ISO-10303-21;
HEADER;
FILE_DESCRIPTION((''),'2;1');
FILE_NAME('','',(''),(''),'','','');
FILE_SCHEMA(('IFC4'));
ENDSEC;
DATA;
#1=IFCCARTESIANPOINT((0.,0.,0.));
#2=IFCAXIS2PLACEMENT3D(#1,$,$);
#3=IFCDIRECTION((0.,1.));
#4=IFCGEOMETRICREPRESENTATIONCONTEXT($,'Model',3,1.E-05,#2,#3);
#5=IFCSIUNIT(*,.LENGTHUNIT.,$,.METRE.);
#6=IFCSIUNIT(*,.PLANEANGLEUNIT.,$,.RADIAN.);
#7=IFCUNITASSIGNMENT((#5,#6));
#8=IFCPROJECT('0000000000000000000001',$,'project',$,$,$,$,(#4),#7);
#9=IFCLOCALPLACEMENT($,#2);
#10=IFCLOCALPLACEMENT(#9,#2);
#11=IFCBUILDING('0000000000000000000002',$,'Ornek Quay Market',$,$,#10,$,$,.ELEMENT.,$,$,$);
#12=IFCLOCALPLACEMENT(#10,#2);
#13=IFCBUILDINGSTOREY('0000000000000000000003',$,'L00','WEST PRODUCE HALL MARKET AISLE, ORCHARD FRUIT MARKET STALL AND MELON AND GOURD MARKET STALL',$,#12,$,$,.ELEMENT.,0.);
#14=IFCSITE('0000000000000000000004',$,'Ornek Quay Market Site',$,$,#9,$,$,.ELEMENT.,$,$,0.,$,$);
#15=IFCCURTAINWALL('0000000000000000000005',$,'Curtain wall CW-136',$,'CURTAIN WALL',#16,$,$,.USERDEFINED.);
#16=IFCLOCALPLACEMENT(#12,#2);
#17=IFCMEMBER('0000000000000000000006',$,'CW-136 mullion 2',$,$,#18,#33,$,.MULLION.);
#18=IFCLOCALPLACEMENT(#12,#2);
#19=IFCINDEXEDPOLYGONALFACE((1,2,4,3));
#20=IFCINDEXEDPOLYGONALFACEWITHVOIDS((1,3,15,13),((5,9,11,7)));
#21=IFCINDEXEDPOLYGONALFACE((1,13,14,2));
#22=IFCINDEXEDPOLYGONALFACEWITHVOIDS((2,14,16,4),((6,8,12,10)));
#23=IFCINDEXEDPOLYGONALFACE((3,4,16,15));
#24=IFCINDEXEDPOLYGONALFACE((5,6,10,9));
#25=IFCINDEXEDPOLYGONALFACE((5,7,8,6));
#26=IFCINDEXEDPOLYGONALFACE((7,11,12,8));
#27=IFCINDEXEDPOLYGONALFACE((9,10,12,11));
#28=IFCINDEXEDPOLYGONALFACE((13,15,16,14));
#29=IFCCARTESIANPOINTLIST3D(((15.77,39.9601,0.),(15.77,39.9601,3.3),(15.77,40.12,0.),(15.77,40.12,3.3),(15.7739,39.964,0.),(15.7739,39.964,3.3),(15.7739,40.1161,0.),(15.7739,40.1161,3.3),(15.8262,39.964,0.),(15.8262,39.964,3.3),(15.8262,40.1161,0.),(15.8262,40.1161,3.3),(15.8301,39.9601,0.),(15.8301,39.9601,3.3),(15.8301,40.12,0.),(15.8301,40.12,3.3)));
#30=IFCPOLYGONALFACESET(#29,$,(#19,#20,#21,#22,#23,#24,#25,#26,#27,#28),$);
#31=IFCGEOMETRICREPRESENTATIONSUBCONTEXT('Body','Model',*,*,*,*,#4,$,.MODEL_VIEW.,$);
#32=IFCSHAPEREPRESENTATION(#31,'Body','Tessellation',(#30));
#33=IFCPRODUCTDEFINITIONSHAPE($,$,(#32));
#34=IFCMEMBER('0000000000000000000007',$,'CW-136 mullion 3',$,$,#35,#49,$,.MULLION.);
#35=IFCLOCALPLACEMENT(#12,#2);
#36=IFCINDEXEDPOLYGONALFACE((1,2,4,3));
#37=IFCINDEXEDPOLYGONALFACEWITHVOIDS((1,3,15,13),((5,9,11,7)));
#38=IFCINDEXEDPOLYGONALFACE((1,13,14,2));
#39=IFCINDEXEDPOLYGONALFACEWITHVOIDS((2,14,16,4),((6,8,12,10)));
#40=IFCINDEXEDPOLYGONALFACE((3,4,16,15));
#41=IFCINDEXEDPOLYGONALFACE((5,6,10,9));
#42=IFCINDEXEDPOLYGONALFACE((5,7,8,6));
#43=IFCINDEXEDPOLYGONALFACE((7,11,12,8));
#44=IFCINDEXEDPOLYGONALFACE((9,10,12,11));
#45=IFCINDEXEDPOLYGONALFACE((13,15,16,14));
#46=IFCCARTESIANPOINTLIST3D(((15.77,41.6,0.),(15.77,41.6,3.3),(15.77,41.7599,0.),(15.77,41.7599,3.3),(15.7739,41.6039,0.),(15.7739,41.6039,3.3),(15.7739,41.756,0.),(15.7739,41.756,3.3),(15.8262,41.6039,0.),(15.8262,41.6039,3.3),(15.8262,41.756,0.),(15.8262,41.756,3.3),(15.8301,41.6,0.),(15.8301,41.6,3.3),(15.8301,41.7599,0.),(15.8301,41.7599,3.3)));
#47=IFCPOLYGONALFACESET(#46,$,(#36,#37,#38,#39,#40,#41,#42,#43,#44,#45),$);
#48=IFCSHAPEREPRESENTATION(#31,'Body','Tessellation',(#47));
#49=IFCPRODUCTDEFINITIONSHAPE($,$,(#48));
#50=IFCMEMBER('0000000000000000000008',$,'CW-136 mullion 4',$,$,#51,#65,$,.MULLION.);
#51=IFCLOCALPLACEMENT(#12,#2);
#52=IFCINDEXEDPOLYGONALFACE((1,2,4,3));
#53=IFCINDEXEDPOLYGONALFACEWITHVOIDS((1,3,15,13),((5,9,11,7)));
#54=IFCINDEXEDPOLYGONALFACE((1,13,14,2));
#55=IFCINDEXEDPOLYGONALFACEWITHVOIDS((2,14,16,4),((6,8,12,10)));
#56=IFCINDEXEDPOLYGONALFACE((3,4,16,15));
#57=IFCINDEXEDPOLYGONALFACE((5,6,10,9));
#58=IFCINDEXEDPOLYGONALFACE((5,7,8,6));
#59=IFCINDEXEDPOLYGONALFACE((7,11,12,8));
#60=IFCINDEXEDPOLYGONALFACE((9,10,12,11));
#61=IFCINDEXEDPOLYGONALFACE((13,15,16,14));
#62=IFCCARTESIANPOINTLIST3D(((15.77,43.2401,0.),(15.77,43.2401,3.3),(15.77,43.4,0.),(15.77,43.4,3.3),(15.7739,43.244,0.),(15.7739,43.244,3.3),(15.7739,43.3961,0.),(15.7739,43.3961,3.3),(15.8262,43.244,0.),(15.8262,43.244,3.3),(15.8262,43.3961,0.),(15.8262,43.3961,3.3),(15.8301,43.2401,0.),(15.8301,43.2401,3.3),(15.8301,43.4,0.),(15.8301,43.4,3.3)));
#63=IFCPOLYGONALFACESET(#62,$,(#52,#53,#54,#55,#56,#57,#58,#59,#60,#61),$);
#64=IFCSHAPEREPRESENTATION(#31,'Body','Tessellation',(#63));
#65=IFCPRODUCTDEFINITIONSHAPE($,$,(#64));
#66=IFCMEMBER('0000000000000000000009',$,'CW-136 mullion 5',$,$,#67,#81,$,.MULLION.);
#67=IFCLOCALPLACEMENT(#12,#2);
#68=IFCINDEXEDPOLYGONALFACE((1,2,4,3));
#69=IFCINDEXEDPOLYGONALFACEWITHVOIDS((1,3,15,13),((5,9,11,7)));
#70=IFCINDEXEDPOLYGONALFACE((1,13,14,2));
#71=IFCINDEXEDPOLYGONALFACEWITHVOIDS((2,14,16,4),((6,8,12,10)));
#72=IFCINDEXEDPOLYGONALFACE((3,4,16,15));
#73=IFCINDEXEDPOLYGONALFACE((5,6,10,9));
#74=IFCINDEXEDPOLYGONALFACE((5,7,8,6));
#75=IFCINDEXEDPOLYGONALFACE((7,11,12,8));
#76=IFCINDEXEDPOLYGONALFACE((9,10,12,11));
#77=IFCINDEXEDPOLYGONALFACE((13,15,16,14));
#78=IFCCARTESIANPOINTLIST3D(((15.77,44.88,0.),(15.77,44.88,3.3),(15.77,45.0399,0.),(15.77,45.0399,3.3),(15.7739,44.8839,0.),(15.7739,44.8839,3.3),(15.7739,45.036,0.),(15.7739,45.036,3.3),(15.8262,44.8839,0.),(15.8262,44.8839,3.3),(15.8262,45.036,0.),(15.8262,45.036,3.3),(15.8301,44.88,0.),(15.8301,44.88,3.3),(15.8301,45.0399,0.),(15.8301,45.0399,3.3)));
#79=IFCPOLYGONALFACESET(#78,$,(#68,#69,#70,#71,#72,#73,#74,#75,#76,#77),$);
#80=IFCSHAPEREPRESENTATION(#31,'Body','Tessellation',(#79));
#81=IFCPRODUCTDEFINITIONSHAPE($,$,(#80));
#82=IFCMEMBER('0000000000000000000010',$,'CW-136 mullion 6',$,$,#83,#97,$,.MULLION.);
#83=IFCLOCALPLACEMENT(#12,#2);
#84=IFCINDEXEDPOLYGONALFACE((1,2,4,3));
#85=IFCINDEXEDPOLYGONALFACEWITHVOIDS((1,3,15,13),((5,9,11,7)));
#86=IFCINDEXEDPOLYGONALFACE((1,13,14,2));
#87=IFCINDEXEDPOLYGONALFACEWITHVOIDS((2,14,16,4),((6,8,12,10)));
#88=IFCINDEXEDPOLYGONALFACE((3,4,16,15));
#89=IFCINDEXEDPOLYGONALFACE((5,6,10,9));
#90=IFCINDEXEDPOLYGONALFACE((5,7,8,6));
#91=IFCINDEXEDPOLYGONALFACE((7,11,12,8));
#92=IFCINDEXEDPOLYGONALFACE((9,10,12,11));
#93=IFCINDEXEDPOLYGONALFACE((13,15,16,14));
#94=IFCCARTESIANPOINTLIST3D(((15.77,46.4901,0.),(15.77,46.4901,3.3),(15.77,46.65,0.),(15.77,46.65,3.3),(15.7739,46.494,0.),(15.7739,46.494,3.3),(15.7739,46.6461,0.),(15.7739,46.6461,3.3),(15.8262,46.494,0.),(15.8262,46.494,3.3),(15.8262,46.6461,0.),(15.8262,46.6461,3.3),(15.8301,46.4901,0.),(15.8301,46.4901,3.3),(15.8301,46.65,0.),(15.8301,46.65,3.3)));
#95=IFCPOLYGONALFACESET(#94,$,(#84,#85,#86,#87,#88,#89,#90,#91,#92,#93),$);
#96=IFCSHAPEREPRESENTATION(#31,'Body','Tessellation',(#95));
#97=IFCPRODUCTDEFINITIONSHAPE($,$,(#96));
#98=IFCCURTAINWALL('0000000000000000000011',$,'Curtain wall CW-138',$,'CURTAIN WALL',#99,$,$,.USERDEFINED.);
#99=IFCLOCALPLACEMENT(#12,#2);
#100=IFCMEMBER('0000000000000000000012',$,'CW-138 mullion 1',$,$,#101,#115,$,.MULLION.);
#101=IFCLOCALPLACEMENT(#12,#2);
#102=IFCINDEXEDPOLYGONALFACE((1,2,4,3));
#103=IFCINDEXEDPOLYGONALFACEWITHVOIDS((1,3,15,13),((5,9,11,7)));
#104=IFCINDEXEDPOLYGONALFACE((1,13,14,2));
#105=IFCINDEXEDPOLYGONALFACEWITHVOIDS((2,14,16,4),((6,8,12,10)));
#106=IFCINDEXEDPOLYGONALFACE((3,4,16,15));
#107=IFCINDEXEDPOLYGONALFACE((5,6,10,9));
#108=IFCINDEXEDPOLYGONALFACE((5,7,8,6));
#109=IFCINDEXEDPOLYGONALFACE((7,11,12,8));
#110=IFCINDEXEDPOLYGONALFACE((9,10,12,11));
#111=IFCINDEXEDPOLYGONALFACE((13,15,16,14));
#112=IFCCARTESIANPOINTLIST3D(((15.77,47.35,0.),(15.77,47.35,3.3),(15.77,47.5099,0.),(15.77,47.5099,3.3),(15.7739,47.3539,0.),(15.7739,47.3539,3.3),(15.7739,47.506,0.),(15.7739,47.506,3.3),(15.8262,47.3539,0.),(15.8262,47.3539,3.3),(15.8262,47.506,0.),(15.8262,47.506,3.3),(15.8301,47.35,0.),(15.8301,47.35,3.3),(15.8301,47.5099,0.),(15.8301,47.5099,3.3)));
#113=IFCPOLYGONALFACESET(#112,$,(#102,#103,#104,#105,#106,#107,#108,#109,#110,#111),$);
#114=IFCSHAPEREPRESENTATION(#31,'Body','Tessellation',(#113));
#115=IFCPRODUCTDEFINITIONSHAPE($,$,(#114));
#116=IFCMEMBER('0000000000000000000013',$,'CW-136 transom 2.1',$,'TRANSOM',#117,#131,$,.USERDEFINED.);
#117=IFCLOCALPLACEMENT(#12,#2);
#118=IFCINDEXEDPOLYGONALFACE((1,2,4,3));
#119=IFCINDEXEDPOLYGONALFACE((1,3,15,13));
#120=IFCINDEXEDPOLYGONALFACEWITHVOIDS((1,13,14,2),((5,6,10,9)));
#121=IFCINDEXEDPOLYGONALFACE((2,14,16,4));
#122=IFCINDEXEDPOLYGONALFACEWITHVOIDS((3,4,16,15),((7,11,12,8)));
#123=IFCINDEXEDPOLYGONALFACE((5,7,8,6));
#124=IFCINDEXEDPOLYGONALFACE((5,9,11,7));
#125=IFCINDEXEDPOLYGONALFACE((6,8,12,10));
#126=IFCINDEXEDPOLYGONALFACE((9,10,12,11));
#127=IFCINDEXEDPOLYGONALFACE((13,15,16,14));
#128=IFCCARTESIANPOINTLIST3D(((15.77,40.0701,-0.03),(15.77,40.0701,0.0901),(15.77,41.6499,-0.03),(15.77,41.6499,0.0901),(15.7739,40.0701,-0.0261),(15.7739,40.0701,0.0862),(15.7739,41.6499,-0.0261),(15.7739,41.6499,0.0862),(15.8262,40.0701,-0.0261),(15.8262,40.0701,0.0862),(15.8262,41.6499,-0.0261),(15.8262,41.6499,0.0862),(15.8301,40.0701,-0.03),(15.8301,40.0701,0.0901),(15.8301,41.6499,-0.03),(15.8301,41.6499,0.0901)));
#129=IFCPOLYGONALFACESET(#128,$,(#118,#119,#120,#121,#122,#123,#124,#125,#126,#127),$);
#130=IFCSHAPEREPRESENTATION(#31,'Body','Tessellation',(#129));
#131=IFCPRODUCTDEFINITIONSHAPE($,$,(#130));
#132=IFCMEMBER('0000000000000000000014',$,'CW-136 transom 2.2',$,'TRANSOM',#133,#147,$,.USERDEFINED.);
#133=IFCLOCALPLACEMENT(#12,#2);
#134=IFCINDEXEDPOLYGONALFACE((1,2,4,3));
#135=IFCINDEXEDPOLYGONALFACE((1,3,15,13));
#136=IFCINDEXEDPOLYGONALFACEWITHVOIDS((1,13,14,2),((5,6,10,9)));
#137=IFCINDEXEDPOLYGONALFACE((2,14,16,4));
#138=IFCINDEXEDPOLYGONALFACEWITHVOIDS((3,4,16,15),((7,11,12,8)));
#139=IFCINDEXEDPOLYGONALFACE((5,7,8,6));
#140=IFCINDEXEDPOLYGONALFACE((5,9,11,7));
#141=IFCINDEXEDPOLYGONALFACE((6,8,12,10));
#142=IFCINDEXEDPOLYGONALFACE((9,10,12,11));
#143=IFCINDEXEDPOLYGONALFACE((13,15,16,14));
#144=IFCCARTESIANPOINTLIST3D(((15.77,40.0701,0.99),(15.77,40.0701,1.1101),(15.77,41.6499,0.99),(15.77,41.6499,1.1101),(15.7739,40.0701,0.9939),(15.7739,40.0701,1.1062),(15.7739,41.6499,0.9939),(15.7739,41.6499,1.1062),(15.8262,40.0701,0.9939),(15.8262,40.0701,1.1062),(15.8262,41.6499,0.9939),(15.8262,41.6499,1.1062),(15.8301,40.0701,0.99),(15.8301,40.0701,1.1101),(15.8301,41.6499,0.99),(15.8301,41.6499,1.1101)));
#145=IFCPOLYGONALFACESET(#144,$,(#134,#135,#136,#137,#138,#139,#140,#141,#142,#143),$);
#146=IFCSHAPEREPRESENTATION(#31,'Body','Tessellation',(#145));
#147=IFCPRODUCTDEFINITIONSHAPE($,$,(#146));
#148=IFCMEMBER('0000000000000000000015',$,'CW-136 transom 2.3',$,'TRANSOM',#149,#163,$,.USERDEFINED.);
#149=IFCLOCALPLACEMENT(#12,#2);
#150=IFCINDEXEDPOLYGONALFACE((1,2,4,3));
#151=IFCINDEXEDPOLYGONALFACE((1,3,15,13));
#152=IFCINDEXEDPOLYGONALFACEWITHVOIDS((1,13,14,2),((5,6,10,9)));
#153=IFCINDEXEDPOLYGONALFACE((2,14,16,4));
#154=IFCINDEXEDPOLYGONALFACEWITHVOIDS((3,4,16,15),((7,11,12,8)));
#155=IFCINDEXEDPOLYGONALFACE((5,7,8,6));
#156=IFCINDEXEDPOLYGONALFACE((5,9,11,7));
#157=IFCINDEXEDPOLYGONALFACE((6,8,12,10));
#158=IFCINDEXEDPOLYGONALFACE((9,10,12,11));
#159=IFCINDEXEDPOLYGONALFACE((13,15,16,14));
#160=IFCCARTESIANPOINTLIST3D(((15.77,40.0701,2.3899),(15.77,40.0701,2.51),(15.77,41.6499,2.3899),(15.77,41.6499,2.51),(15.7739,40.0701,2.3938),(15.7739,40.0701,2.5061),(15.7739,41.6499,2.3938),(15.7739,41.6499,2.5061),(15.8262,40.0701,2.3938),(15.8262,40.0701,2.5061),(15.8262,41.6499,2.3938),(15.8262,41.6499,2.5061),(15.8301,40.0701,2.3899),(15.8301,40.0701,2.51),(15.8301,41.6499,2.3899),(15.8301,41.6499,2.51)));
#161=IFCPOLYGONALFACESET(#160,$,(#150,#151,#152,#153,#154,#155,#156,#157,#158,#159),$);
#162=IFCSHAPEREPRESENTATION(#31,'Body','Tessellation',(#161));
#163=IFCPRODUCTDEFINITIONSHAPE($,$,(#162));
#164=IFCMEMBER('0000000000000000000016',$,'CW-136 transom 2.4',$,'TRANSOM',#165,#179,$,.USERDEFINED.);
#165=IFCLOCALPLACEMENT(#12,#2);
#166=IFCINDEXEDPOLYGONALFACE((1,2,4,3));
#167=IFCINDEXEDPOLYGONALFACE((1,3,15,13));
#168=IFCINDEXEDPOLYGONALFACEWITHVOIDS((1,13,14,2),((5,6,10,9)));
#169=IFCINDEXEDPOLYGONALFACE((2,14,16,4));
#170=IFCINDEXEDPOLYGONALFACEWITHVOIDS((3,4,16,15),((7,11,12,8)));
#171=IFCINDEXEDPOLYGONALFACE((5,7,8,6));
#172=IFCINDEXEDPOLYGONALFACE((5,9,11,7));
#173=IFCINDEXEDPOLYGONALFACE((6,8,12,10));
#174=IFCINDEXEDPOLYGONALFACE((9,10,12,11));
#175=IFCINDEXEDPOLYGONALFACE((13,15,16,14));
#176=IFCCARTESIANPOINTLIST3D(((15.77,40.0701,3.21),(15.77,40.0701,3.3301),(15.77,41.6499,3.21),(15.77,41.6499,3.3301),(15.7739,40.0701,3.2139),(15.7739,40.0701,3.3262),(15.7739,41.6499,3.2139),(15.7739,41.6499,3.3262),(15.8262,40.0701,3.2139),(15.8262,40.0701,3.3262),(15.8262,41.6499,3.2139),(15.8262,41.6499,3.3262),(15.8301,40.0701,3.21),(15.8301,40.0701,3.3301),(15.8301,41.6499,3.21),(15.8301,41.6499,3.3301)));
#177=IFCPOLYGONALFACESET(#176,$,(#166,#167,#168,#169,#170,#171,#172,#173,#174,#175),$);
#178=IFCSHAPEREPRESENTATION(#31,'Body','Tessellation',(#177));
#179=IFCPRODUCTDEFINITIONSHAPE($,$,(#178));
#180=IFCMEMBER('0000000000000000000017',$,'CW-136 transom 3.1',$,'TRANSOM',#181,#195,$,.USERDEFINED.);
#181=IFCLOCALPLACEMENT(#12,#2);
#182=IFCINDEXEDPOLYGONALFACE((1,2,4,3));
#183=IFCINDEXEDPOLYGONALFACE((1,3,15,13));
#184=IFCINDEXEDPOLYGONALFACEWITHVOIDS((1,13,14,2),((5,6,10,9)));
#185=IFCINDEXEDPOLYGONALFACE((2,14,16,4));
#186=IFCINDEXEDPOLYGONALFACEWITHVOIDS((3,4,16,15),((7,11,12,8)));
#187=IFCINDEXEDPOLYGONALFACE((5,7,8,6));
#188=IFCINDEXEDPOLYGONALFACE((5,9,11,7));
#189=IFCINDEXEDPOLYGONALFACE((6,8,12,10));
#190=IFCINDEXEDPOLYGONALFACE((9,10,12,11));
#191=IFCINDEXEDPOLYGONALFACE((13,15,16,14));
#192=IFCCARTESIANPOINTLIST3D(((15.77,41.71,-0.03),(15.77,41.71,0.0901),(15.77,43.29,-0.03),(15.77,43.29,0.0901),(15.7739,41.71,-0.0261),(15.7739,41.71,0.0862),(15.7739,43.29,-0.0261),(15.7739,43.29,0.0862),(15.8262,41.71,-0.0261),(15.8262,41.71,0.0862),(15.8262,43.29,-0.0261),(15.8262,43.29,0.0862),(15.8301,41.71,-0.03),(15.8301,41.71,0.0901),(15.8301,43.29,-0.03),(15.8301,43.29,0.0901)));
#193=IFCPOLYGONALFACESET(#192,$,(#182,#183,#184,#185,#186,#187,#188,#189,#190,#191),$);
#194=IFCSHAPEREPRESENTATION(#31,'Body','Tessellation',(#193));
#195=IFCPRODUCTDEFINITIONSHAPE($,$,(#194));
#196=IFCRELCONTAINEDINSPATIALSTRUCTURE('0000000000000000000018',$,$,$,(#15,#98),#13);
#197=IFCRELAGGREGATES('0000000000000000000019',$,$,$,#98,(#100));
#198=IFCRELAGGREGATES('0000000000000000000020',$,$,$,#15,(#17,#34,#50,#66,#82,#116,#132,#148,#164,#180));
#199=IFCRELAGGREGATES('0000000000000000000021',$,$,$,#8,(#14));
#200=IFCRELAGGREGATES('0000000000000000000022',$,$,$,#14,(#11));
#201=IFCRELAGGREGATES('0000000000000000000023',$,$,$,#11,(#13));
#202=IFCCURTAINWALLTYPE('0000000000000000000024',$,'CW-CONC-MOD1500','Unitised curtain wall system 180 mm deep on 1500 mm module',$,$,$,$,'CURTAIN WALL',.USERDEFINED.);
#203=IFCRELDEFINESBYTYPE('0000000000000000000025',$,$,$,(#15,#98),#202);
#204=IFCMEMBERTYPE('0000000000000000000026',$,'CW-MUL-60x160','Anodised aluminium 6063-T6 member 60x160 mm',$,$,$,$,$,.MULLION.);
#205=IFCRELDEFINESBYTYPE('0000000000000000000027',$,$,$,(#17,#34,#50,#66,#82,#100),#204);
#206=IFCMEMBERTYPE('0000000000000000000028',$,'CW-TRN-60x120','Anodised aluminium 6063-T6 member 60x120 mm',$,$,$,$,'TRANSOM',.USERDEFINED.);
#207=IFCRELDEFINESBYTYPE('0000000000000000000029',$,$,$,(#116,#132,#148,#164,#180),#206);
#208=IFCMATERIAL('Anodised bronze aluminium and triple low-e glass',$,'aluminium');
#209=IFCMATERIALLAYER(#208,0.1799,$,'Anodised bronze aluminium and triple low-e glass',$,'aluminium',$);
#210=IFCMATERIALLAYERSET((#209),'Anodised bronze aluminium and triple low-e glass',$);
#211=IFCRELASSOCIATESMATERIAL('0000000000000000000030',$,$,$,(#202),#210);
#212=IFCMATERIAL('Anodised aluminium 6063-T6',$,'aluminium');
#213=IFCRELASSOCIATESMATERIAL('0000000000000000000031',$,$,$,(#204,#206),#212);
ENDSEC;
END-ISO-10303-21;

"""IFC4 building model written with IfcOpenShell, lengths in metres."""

from ifc_helpers import new_model, si_unit, direction, frame, origin, origin_2d, place, context, subcontext, project, spatial, hollow_rectangle, extrude, material, layer, layer_set, material_profile, profile_set, type_object, element, aggregate, save


model = new_model("IFC4")

# Units and contexts
model_context = context("Model", 3, precision=1e-05, world=origin(), true_north=direction((0.0, 1.0)))
body_context = subcontext(model_context, "Body", "Model", "MODEL_VIEW")
ifc_project = project(units=[si_unit("LENGTHUNIT", "METRE"), si_unit("PLANEANGLEUNIT", "RADIAN")], contexts=[model_context])

# Site, building, storey
site_placement = place(None, origin())
site = spatial("IfcSite", under=ifc_project, at=site_placement, Name="Ornek Quay Market Site", CompositionType="ELEMENT", RefElevation=0.0)
building_placement = place(site_placement, origin())
building = spatial("IfcBuilding", under=site, at=building_placement, Name="Ornek Quay Market", CompositionType="ELEMENT")
storey_placement = place(building_placement, origin())
storey = spatial("IfcBuildingStorey", under=building, at=storey_placement, Name="L00", Description="WEST PRODUCE HALL MARKET AISLE, ORCHARD FRUIT MARKET STALL AND MELON AND GOURD MARKET STALL", CompositionType="ELEMENT", Elevation=0.0)

# Curtain wall, members
ifc_material_1 = material(Name="Anodised bronze aluminium and triple low-e glass", Category="aluminium")
ifc_layer_1 = layer(ifc_material_1, 0.1799, Name="Anodised bronze aluminium and triple low-e glass", Category="aluminium")
ifc_layer_set_1 = layer_set([ifc_layer_1], Name="Anodised bronze aluminium and triple low-e glass")
curtain_wall_type = type_object("IfcCurtainWallType", Name="CW-CONC-MOD1500", Description="Unitised curtain wall system 180 mm deep on 1500 mm module", ElementType="CURTAIN WALL", PredefinedType="USERDEFINED", material=ifc_layer_set_1)
curtain_wall_1_placement = place(storey_placement, origin())
curtain_wall_1 = element("IfcCurtainWall", 1, at=curtain_wall_1_placement, inside=storey, type_object=curtain_wall_type, Name="Curtain wall CW-136", ObjectType="CURTAIN WALL", PredefinedType="USERDEFINED")
ifc_material_2 = material(Name="Anodised aluminium 6063-T6", Category="aluminium")
ifc_material_profile_1 = material_profile(ifc_material_2, hollow_rectangle(XDim=0.0601, YDim=0.1599, WallThickness=0.0039, at=origin_2d()), Name="CW-MUL-60x160", Category="aluminium")
ifc_profile_set_1 = profile_set([ifc_material_profile_1], Name="Anodised aluminium 6063-T6")
member_type_1 = type_object("IfcMemberType", Name="CW-MUL-60x160", Description="Anodised aluminium 6063-T6 member 60x160 mm", PredefinedType="MULLION", material=ifc_profile_set_1)
member_1_placement = place(storey_placement, frame((15.8, 40.04, 0.0), z_axis=(0.0, 0.0, 1.0), x_axis=(-1.0, 0.0, 0.0)))
member_1 = element("IfcMember", 2, at=member_1_placement, type_object=member_type_1, Name="CW-136 mullion 2", PredefinedType="MULLION", context=body_context, shape_type="SweptSolid", body=[
    extrude(hollow_rectangle(XDim=0.0601, YDim=0.1599, WallThickness=0.0039, at=origin_2d()), origin(), (0.0, 0.0, 1.0), 3.3),
])
member_2_placement = place(storey_placement, frame((15.8, 41.6799, 0.0), z_axis=(0.0, 0.0, 1.0), x_axis=(-1.0, 0.0, 0.0)))
member_2 = element("IfcMember", 3, at=member_2_placement, type_object=member_type_1, Name="CW-136 mullion 3", PredefinedType="MULLION", context=body_context, shape_type="SweptSolid", body=[
    extrude(hollow_rectangle(XDim=0.0601, YDim=0.1599, WallThickness=0.0039, at=origin_2d()), origin(), (0.0, 0.0, 1.0), 3.3),
])
member_3_placement = place(storey_placement, frame((15.8, 43.3201, 0.0), z_axis=(0.0, 0.0, 1.0), x_axis=(-1.0, 0.0, 0.0)))
member_3 = element("IfcMember", 4, at=member_3_placement, type_object=member_type_1, Name="CW-136 mullion 4", PredefinedType="MULLION", context=body_context, shape_type="SweptSolid", body=[
    extrude(hollow_rectangle(XDim=0.0601, YDim=0.1599, WallThickness=0.0039, at=origin_2d()), origin(), (0.0, 0.0, 1.0), 3.3),
])
member_4_placement = place(storey_placement, frame((15.8, 44.96, 0.0), z_axis=(0.0, 0.0, 1.0), x_axis=(-1.0, 0.0, 0.0)))
member_4 = element("IfcMember", 5, at=member_4_placement, type_object=member_type_1, Name="CW-136 mullion 5", PredefinedType="MULLION", context=body_context, shape_type="SweptSolid", body=[
    extrude(hollow_rectangle(XDim=0.0601, YDim=0.1599, WallThickness=0.0039, at=origin_2d()), origin(), (0.0, 0.0, 1.0), 3.3),
])
member_5_placement = place(storey_placement, frame((15.8, 46.5701, 0.0), z_axis=(0.0, 0.0, 1.0), x_axis=(-1.0, 0.0, 0.0)))
member_5 = element("IfcMember", 6, at=member_5_placement, type_object=member_type_1, Name="CW-136 mullion 6", PredefinedType="MULLION", context=body_context, shape_type="SweptSolid", body=[
    extrude(hollow_rectangle(XDim=0.0601, YDim=0.1599, WallThickness=0.0039, at=origin_2d()), origin(), (0.0, 0.0, 1.0), 3.3),
])

# Curtain wall, member
curtain_wall_2_placement = place(storey_placement, origin())
curtain_wall_2 = element("IfcCurtainWall", 7, at=curtain_wall_2_placement, inside=storey, type_object=curtain_wall_type, Name="Curtain wall CW-138", ObjectType="CURTAIN WALL", PredefinedType="USERDEFINED")
member_6_placement = place(storey_placement, frame((15.8, 47.4299, 0.0), z_axis=(0.0, 0.0, 1.0), x_axis=(-1.0, 0.0, 0.0)))
member_6 = element("IfcMember", 8, at=member_6_placement, type_object=member_type_1, Name="CW-138 mullion 1", PredefinedType="MULLION", context=body_context, shape_type="SweptSolid", body=[
    extrude(hollow_rectangle(XDim=0.0601, YDim=0.1599, WallThickness=0.0039, at=origin_2d()), origin(), (0.0, 0.0, 1.0), 3.3),
])

# Members
ifc_material_profile_2 = material_profile(ifc_material_2, hollow_rectangle(XDim=0.0601, YDim=0.1201, WallThickness=0.0039, at=origin_2d()), Name="CW-TRN-60x120", Category="aluminium")
ifc_profile_set_2 = profile_set([ifc_material_profile_2], Name="Anodised aluminium 6063-T6")
member_type_2 = type_object("IfcMemberType", Name="CW-TRN-60x120", Description="Anodised aluminium 6063-T6 member 60x120 mm", ElementType="TRANSOM", PredefinedType="USERDEFINED", material=ifc_profile_set_2)
member_7_placement = place(storey_placement, frame((15.8, 40.0701, 0.03), z_axis=(0.0, 1.0, 0.0), x_axis=(-1.0, 0.0, 0.0)))
member_7 = element("IfcMember", 9, at=member_7_placement, type_object=member_type_2, Name="CW-136 transom 2.1", ObjectType="TRANSOM", PredefinedType="USERDEFINED", context=body_context, shape_type="SweptSolid", body=[
    extrude(hollow_rectangle(XDim=0.0601, YDim=0.1201, WallThickness=0.0039, at=origin_2d()), origin(), (0.0, 0.0, 1.0), 1.5798),
])
member_8_placement = place(storey_placement, frame((15.8, 40.0701, 1.05), z_axis=(0.0, 1.0, 0.0), x_axis=(-1.0, 0.0, 0.0)))
member_8 = element("IfcMember", 10, at=member_8_placement, type_object=member_type_2, Name="CW-136 transom 2.2", ObjectType="TRANSOM", PredefinedType="USERDEFINED", context=body_context, shape_type="SweptSolid", body=[
    extrude(hollow_rectangle(XDim=0.0601, YDim=0.1201, WallThickness=0.0039, at=origin_2d()), origin(), (0.0, 0.0, 1.0), 1.5798),
])
member_9_placement = place(storey_placement, frame((15.8, 40.0701, 2.45), z_axis=(0.0, 1.0, 0.0), x_axis=(-1.0, 0.0, 0.0)))
member_9 = element("IfcMember", 11, at=member_9_placement, type_object=member_type_2, Name="CW-136 transom 2.3", ObjectType="TRANSOM", PredefinedType="USERDEFINED", context=body_context, shape_type="SweptSolid", body=[
    extrude(hollow_rectangle(XDim=0.0601, YDim=0.1201, WallThickness=0.0039, at=origin_2d()), origin(), (0.0, 0.0, 1.0), 1.5798),
])
member_10_placement = place(storey_placement, frame((15.8, 40.0701, 3.27), z_axis=(0.0, 1.0, 0.0), x_axis=(-1.0, 0.0, 0.0)))
member_10 = element("IfcMember", 12, at=member_10_placement, type_object=member_type_2, Name="CW-136 transom 2.4", ObjectType="TRANSOM", PredefinedType="USERDEFINED", context=body_context, shape_type="SweptSolid", body=[
    extrude(hollow_rectangle(XDim=0.0601, YDim=0.1201, WallThickness=0.0039, at=origin_2d()), origin(), (0.0, 0.0, 1.0), 1.5798),
])
member_11_placement = place(storey_placement, frame((15.8, 41.71, 0.03), z_axis=(0.0, 1.0, 0.0), x_axis=(-1.0, 0.0, 0.0)))
member_11 = element("IfcMember", 13, at=member_11_placement, type_object=member_type_2, Name="CW-136 transom 3.1", ObjectType="TRANSOM", PredefinedType="USERDEFINED", context=body_context, shape_type="SweptSolid", body=[
    extrude(hollow_rectangle(XDim=0.0601, YDim=0.1201, WallThickness=0.0039, at=origin_2d()), origin(), (0.0, 0.0, 1.0), 1.5801),
])
aggregate(curtain_wall_2, [member_6])

aggregate(curtain_wall_1, [member_1, member_2, member_3, member_4, member_5, member_7, member_8, member_9, member_10, member_11])

save(model, "model.ifc")
